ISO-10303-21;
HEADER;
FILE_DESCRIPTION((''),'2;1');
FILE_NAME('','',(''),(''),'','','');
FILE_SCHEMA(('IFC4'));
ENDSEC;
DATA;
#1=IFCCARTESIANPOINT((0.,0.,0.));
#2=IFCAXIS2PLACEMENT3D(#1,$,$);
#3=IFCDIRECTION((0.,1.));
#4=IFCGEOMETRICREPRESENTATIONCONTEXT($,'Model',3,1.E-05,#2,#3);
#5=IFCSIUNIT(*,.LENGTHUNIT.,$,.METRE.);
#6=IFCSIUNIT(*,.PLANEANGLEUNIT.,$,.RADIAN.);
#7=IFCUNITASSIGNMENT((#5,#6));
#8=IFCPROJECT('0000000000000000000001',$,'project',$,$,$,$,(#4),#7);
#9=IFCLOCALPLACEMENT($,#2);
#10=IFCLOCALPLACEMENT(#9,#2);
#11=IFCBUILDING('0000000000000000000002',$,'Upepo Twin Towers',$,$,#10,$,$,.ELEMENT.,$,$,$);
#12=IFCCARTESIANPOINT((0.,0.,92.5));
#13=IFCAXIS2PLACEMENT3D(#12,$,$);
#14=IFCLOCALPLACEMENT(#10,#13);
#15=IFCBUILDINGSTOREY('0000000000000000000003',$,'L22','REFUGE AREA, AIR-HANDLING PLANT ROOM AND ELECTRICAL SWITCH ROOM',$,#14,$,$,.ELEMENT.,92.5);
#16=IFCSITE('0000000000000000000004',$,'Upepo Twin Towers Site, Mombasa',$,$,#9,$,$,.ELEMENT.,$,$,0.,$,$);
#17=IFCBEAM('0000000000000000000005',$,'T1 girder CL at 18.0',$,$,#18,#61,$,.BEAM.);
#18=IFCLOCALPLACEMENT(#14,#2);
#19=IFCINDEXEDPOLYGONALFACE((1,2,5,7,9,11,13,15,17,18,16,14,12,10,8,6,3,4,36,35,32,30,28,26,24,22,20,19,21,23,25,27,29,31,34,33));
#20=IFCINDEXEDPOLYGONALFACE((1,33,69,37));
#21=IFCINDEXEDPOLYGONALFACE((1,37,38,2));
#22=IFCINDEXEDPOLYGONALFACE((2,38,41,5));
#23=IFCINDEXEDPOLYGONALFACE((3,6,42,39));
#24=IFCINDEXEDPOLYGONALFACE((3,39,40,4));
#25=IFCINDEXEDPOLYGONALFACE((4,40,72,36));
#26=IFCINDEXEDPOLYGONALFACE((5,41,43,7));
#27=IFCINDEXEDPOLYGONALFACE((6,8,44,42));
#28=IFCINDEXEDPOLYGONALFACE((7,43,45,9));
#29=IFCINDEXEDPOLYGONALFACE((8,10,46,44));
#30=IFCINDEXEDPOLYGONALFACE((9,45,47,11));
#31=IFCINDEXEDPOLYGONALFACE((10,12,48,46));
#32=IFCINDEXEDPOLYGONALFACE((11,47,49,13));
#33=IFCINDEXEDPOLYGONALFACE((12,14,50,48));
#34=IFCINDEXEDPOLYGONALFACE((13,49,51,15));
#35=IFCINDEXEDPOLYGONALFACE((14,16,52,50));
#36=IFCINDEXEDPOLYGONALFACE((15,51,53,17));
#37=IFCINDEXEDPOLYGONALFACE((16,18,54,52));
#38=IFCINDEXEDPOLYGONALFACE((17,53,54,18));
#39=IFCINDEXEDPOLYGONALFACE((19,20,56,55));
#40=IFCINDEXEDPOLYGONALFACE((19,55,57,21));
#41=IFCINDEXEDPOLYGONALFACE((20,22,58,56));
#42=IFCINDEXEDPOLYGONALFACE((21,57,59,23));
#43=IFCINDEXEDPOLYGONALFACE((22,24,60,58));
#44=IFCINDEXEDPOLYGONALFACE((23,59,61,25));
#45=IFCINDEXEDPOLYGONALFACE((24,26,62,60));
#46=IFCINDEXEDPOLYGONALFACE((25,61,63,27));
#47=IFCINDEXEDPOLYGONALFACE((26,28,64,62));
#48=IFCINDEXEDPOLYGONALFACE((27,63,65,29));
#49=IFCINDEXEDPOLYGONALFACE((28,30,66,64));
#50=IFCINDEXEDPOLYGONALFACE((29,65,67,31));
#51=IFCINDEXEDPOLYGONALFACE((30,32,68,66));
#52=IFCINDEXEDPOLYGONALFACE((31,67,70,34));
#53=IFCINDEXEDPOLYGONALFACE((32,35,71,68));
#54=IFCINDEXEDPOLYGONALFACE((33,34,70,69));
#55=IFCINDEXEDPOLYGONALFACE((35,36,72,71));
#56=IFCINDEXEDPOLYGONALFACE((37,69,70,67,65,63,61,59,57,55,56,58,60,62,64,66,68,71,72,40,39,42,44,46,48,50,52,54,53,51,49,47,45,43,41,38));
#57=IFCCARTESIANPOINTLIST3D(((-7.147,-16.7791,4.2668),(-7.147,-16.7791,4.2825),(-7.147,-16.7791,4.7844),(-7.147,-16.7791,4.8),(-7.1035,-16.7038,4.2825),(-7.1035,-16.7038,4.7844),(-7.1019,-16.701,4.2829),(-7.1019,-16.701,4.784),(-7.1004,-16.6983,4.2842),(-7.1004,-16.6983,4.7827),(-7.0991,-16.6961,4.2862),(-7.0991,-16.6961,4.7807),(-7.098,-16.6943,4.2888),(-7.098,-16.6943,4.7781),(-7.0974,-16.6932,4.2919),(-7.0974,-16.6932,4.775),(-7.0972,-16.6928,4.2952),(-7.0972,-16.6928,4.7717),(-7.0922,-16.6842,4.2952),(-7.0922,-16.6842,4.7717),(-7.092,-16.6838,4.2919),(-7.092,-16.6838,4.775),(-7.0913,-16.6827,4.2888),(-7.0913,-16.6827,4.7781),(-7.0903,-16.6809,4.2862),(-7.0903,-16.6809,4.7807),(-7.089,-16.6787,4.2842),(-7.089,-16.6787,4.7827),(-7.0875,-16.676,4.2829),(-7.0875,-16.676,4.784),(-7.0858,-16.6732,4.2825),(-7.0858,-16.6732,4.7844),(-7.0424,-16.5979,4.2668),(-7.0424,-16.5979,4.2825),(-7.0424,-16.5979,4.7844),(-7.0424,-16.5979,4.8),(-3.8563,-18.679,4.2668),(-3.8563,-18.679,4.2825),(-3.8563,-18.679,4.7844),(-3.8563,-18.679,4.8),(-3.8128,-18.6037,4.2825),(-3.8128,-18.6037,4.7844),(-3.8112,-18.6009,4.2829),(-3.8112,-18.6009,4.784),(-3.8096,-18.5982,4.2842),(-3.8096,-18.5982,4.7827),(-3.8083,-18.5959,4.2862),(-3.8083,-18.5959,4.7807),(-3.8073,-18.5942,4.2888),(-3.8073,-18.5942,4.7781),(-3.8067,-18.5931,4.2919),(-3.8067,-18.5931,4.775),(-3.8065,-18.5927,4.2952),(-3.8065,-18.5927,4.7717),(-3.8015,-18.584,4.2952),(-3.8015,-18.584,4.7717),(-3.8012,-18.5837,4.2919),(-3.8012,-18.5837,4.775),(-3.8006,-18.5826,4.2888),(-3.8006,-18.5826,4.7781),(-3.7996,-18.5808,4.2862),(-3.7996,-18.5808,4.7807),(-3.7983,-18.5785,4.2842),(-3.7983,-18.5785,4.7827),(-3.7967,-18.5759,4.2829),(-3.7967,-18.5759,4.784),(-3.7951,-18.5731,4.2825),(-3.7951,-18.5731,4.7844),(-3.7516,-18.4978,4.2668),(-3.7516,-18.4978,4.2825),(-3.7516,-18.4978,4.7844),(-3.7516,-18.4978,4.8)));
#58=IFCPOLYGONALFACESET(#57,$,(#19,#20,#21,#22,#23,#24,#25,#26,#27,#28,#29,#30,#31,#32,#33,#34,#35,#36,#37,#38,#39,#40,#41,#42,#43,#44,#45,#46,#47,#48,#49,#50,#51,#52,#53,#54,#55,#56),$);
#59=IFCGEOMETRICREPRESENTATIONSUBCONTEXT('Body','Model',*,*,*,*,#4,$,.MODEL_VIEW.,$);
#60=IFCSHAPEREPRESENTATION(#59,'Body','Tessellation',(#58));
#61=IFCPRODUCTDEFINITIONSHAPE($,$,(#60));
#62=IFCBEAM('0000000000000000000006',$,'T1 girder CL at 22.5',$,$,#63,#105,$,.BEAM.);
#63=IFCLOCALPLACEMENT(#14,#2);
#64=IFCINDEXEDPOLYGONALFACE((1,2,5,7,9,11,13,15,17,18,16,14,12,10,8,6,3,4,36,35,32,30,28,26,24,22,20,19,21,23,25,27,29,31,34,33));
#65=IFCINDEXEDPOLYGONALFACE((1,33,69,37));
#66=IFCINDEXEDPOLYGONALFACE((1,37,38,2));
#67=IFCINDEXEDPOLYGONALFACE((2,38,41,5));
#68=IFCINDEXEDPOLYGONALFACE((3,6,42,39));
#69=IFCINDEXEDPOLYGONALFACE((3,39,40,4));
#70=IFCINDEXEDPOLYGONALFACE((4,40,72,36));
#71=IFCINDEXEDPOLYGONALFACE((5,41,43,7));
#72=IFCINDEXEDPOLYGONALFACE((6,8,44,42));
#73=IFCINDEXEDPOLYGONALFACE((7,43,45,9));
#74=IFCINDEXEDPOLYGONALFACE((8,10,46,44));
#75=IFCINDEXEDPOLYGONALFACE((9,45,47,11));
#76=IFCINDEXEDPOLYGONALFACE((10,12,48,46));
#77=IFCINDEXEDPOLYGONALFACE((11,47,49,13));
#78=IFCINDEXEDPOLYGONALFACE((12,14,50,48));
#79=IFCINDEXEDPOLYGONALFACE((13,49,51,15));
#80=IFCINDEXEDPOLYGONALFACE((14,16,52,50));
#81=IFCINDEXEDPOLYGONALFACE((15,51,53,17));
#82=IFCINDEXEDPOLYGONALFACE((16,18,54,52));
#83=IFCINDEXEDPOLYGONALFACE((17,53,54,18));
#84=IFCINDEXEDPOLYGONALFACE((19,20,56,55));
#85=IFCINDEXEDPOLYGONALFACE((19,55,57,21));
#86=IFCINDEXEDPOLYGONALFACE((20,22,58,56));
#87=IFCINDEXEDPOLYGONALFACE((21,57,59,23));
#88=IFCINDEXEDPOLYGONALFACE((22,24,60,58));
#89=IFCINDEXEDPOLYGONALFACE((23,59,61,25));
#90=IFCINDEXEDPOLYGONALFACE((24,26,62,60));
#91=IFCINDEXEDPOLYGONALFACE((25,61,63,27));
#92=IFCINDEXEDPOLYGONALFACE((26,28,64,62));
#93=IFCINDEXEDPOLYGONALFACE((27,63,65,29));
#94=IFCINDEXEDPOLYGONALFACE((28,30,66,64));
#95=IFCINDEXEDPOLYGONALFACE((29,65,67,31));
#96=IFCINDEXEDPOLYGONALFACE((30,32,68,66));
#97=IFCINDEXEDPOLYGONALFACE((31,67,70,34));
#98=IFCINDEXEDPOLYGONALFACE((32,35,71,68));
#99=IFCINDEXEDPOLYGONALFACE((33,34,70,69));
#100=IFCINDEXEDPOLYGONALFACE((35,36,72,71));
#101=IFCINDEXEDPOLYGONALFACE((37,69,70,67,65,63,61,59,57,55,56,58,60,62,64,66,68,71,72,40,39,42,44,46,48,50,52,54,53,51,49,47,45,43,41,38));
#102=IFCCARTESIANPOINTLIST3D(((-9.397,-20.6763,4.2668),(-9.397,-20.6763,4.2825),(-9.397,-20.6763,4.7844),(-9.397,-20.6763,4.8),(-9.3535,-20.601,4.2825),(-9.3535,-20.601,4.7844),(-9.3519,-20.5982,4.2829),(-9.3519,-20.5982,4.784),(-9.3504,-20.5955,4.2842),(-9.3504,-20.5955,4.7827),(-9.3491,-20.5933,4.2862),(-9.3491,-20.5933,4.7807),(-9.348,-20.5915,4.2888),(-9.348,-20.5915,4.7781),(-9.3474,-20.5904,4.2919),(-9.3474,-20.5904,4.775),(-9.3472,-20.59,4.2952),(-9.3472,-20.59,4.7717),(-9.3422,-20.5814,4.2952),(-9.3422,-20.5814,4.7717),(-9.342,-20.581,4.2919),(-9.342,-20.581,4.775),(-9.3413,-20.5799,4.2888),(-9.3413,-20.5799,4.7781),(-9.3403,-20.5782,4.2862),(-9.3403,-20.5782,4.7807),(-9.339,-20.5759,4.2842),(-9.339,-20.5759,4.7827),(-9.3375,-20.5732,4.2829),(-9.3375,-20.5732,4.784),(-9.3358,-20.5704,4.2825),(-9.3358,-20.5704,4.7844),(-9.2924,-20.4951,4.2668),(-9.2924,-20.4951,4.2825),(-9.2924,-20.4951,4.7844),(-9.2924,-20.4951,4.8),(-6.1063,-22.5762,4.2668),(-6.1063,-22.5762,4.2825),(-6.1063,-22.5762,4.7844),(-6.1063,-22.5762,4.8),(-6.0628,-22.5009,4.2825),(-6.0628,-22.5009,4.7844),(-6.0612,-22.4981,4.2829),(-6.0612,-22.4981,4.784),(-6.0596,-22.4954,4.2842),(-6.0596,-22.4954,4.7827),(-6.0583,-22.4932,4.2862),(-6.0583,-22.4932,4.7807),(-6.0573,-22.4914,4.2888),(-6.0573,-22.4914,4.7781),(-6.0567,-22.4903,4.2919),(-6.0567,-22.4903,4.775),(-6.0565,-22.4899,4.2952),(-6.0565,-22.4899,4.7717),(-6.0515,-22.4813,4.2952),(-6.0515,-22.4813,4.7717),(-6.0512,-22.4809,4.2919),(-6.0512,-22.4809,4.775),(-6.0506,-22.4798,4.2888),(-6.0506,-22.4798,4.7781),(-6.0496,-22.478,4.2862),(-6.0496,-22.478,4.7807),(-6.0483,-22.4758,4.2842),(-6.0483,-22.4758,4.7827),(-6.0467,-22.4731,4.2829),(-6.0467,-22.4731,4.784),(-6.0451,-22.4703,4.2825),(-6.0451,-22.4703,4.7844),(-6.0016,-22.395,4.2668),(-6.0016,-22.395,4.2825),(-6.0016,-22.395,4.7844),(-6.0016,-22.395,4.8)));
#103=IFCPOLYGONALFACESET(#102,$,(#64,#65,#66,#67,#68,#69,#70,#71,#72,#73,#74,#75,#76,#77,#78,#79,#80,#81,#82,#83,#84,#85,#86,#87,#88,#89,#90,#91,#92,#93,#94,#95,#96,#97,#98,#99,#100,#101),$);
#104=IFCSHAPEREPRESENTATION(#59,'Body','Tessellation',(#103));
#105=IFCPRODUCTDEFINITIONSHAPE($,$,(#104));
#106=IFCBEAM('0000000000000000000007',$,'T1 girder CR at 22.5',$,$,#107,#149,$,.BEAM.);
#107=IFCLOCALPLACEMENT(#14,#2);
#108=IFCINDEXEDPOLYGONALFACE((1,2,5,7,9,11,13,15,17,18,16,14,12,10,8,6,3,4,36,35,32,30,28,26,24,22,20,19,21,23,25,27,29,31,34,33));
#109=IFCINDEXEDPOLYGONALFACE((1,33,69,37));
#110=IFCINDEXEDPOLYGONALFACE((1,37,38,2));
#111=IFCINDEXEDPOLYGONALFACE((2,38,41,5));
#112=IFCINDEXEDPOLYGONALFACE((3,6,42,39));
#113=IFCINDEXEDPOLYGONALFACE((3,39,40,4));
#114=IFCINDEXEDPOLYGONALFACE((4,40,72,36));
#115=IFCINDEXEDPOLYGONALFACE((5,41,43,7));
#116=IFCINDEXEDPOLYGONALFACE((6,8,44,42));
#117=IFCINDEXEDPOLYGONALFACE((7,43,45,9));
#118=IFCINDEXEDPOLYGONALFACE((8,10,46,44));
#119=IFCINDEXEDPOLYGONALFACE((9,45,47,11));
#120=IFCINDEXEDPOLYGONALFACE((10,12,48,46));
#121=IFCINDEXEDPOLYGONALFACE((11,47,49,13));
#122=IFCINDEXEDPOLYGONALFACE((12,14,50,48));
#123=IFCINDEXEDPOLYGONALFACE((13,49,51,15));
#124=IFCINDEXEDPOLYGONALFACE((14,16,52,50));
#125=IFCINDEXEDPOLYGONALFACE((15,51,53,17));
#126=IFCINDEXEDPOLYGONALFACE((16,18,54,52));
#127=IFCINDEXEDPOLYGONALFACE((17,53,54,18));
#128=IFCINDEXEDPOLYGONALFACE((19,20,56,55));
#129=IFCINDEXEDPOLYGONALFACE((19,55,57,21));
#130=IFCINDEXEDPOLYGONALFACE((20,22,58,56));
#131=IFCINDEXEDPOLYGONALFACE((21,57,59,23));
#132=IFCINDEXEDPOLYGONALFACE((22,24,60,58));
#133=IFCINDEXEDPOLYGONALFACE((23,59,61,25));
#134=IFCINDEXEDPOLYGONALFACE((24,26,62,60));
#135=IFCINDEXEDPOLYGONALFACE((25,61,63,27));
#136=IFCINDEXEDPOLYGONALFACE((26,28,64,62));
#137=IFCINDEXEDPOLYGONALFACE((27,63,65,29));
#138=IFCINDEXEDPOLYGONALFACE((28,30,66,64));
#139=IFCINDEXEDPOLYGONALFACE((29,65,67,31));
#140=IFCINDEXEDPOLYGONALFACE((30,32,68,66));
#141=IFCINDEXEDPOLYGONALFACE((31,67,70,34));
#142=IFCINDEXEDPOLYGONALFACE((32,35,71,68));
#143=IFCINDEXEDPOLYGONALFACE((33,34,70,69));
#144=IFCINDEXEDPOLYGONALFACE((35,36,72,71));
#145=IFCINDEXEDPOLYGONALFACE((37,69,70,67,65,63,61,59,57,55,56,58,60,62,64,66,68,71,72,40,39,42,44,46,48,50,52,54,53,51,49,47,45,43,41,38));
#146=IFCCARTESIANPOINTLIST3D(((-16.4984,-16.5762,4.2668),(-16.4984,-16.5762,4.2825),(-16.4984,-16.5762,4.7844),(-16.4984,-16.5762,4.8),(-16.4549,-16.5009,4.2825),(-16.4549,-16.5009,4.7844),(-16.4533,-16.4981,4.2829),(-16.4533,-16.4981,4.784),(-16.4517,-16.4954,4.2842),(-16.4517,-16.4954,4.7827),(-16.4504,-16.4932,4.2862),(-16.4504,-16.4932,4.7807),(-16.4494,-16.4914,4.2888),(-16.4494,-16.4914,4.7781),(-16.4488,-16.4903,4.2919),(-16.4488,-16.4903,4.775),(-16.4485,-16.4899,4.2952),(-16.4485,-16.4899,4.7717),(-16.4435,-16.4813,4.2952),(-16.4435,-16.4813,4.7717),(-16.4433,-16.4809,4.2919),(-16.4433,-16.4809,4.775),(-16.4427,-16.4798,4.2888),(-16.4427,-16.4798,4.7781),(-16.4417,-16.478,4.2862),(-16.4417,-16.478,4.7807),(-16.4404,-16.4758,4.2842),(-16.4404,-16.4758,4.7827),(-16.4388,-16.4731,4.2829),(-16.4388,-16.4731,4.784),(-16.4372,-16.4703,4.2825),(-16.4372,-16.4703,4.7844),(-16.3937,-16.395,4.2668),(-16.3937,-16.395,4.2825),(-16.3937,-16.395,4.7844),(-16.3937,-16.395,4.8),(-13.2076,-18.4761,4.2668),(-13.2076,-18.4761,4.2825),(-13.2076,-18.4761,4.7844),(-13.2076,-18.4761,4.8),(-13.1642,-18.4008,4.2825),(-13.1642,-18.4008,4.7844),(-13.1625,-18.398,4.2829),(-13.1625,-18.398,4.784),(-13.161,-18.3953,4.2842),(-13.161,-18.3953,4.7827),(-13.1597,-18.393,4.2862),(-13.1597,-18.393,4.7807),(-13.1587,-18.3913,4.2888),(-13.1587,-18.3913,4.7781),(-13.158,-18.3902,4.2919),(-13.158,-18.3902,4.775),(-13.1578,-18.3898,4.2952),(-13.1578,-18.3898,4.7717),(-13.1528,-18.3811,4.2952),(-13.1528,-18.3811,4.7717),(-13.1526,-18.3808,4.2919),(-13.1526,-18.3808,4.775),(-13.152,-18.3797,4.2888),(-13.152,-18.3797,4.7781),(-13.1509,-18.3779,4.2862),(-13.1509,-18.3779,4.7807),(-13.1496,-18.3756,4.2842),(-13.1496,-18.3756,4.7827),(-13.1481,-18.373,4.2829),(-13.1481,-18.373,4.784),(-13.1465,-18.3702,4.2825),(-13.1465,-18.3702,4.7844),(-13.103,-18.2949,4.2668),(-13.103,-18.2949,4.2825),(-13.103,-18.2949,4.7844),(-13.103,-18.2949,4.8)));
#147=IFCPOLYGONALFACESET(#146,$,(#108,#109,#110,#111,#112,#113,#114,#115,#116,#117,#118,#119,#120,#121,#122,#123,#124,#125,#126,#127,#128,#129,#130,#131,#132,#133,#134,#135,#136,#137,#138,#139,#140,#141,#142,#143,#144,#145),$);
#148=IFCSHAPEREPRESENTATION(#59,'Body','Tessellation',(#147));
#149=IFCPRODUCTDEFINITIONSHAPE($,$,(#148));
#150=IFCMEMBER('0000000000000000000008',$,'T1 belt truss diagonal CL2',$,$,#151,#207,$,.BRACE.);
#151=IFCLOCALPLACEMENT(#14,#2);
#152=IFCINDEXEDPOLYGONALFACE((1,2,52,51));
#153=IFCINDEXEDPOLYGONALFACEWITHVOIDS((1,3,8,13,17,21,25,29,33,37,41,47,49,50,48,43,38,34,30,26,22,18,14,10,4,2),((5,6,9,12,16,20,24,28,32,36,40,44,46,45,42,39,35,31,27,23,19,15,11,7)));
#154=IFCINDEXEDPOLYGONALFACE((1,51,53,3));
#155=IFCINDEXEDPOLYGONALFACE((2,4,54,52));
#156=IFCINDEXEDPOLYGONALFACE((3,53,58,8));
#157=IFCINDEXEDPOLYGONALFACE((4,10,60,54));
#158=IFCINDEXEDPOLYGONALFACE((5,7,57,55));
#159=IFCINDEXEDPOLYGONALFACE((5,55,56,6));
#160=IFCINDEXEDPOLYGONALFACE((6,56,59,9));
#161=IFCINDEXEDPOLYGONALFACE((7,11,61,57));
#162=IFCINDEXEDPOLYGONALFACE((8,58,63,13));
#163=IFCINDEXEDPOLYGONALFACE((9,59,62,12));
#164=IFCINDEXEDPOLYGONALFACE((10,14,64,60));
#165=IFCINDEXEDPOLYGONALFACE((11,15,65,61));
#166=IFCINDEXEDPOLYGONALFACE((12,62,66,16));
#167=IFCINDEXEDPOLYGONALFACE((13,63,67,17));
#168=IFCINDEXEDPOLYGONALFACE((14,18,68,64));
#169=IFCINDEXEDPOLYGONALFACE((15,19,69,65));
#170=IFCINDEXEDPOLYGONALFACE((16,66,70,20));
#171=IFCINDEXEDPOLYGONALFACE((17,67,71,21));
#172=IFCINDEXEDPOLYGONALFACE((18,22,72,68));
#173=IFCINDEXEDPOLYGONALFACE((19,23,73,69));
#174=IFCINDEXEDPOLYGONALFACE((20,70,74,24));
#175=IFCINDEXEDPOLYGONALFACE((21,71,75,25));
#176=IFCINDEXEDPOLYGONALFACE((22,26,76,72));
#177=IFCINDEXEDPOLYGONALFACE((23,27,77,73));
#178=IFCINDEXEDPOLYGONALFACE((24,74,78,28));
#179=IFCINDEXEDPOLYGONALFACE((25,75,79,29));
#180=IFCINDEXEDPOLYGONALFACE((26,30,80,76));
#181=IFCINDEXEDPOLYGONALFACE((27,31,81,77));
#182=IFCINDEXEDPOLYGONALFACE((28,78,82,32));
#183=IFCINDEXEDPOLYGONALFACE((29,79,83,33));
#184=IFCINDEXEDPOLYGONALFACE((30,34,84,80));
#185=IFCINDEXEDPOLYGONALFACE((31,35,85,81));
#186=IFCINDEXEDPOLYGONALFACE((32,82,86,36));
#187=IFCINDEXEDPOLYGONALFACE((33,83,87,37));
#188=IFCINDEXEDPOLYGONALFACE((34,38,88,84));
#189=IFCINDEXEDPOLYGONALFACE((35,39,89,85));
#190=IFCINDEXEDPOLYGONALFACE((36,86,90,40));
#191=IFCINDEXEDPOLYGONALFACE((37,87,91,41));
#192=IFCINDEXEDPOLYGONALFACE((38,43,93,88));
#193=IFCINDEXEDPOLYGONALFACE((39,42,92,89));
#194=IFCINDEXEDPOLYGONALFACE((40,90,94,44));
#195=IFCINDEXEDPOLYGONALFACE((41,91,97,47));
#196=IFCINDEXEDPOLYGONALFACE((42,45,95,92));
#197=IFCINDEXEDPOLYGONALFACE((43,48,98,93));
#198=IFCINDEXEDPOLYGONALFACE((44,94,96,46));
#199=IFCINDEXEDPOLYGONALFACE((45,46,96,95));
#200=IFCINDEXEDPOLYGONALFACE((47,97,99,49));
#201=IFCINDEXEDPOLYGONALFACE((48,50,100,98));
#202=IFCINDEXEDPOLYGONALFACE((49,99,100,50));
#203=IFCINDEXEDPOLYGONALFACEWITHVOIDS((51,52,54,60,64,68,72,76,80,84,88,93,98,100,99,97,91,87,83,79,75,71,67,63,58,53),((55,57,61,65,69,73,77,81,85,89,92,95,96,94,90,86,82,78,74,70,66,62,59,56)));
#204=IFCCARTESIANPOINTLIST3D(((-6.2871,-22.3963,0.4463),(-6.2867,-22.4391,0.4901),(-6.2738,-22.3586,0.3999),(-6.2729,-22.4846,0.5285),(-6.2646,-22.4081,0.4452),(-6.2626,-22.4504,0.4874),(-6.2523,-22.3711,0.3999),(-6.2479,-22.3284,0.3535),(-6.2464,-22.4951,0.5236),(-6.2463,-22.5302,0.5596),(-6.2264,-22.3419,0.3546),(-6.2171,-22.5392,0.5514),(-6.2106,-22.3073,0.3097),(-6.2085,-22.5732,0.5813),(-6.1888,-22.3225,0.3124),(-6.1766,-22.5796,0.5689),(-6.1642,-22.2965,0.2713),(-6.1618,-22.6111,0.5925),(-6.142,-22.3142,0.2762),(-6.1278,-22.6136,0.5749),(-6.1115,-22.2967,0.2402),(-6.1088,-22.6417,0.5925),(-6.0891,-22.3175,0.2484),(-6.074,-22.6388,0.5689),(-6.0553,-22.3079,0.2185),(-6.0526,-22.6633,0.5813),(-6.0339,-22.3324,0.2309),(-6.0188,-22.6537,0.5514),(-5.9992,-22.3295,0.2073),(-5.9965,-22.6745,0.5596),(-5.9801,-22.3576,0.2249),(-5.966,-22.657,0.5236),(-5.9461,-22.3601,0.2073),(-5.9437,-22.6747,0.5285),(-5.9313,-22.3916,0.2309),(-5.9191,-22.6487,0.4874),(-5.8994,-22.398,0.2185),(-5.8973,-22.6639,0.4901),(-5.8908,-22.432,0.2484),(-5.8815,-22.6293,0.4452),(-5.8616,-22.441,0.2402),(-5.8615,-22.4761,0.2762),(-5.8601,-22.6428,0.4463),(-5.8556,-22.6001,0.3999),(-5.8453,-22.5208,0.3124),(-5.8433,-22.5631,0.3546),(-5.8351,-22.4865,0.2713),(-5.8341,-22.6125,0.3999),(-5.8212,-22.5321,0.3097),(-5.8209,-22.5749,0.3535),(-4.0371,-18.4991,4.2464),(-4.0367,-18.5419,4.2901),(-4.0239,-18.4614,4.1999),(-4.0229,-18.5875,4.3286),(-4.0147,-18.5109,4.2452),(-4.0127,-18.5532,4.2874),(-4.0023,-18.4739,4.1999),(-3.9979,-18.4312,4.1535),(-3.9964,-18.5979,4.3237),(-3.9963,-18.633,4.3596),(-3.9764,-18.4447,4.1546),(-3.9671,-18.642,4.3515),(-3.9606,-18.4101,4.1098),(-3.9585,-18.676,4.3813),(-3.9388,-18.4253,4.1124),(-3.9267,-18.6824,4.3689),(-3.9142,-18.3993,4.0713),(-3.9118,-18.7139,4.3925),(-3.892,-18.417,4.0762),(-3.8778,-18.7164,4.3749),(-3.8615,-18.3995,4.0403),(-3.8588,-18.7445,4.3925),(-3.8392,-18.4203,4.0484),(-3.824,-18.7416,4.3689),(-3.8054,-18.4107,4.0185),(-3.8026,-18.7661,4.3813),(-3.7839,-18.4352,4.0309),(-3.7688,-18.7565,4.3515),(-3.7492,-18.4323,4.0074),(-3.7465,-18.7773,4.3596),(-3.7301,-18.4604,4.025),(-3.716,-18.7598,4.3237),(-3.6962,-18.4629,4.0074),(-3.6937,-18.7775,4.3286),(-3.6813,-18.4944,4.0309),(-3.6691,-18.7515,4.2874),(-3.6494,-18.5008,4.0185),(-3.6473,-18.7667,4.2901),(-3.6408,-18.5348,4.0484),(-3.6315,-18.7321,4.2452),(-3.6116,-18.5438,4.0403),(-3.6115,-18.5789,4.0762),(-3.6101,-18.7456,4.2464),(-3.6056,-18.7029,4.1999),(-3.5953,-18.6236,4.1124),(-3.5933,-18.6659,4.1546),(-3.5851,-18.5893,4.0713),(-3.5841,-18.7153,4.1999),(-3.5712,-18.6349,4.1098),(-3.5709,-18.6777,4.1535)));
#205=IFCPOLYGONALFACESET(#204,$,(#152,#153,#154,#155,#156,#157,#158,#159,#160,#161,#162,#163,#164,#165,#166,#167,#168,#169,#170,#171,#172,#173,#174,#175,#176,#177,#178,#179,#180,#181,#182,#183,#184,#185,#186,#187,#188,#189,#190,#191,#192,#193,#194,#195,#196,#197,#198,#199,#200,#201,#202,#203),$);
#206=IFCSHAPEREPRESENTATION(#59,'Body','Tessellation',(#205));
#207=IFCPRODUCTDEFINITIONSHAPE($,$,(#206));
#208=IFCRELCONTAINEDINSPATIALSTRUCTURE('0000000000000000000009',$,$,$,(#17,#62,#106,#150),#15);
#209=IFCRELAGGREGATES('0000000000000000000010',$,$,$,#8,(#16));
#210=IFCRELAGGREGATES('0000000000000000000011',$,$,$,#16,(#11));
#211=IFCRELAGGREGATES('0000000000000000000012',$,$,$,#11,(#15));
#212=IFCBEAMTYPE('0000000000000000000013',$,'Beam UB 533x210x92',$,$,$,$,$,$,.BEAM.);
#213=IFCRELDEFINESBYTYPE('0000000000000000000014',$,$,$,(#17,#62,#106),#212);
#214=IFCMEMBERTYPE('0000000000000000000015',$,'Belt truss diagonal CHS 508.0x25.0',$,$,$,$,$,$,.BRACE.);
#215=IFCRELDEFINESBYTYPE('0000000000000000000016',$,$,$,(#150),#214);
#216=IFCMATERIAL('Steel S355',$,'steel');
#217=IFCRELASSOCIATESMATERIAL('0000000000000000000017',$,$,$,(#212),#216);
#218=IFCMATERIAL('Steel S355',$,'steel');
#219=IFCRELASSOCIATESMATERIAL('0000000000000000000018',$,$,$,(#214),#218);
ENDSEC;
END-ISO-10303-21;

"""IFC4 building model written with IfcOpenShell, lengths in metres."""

from ifc_helpers import new_model, si_unit, direction, frame, origin, origin_2d, place, context, subcontext, project, spatial, hollow_circle, i_section, extrude, material, material_profile, profile_set, type_object, element, save


model = new_model("IFC4")

# Units and contexts
model_context = context("Model", 3, precision=1e-05, world=origin(), true_north=direction((0.0, 1.0)))
body_context = subcontext(model_context, "Body", "Model", "MODEL_VIEW")
ifc_project = project(units=[si_unit("LENGTHUNIT", "METRE"), si_unit("PLANEANGLEUNIT", "RADIAN")], contexts=[model_context])

# Site, building, storey
site_placement = place(None, origin())
site = spatial("IfcSite", under=ifc_project, at=site_placement, Name="Upepo Twin Towers Site, Mombasa", CompositionType="ELEMENT", RefElevation=0.0)
building_placement = place(site_placement, origin())
building = spatial("IfcBuilding", under=site, at=building_placement, Name="Upepo Twin Towers", CompositionType="ELEMENT")
storey_placement = place(building_placement, frame((0.0, 0.0, 92.5)))
storey = spatial("IfcBuildingStorey", under=building, at=storey_placement, Name="L22", Description="REFUGE AREA, AIR-HANDLING PLANT ROOM AND ELECTRICAL SWITCH ROOM", CompositionType="ELEMENT", Elevation=92.5)

# Beams
ifc_material_1 = material(Name="Steel S355", Category="steel")
ifc_material_profile_1 = material_profile(ifc_material_1, i_section(OverallWidth=0.2092, OverallDepth=0.5332, WebThickness=0.01, FlangeThickness=0.0156, FilletRadius=0.0127, at=origin_2d()), Name="UB 533x210x92")
ifc_profile_set_1 = profile_set([ifc_material_profile_1], Name="Steel S355")
beam_type_1 = type_object("IfcBeamType", Name="Beam UB 533x210x92", PredefinedType="BEAM", material=ifc_profile_set_1)
for number, where, z_axis, x_axis, name in (
    (1, (-3.804, -18.5884, 4.5334), (-0.866028, 0.499995, 0.0), (-0.499995, -0.866028, 0.0), "T1 girder CL at 18.0"),
    (2, (-6.054, -22.4856, 4.5334), (-0.866028, 0.499995, 0.0), (-0.499995, -0.866028, 0.0), "T1 girder CL at 22.5"),
    (3, (-16.446, -16.4856, 4.5334), (0.866028, -0.499995, 0.0), (0.499995, 0.866028, 0.0), "T1 girder CR at 22.5"),
):
    element("IfcBeam", number, at=place(storey_placement, frame(where, z_axis=z_axis, x_axis=x_axis)), inside=storey, type_object=beam_type_1, Name=name, PredefinedType="BEAM", context=body_context, shape_type="SweptSolid", body=[
        extrude(i_section(OverallWidth=0.2092, OverallDepth=0.5332, WebThickness=0.01, FlangeThickness=0.0156, FilletRadius=0.0127, at=origin_2d()), origin(), (0.0, 0.0, 1.0), 3.7998),
    ])

# Member
ifc_material_2 = material(Name="Steel S355", Category="steel")
ifc_material_profile_2 = material_profile(ifc_material_2, hollow_circle(Radius=0.2539, WallThickness=0.0249, at=origin_2d()), Name="CHS 508.0x25.0")
ifc_profile_set_2 = profile_set([ifc_material_profile_2], Name="Steel S355")
member_type = type_object("IfcMemberType", Name="Belt truss diagonal CHS 508.0x25.0", PredefinedType="BRACE", material=ifc_profile_set_2)
member_1_placement = place(storey_placement, frame((-6.054, -22.4856, 0.3999), z_axis=(0.382009, 0.661676, 0.645178), x_axis=(-0.866031, 0.49999, 0.0)))
element("IfcMember", 4, at=member_1_placement, inside=storey, type_object=member_type, Name="T1 belt truss diagonal CL2", PredefinedType="BRACE", context=body_context, shape_type="SweptSolid", body=[
    extrude(hollow_circle(Radius=0.2539, WallThickness=0.0249, at=origin_2d()), origin(), (0.0, 0.0, 1.0), 5.8899),
])

save(model, "model.ifc")
